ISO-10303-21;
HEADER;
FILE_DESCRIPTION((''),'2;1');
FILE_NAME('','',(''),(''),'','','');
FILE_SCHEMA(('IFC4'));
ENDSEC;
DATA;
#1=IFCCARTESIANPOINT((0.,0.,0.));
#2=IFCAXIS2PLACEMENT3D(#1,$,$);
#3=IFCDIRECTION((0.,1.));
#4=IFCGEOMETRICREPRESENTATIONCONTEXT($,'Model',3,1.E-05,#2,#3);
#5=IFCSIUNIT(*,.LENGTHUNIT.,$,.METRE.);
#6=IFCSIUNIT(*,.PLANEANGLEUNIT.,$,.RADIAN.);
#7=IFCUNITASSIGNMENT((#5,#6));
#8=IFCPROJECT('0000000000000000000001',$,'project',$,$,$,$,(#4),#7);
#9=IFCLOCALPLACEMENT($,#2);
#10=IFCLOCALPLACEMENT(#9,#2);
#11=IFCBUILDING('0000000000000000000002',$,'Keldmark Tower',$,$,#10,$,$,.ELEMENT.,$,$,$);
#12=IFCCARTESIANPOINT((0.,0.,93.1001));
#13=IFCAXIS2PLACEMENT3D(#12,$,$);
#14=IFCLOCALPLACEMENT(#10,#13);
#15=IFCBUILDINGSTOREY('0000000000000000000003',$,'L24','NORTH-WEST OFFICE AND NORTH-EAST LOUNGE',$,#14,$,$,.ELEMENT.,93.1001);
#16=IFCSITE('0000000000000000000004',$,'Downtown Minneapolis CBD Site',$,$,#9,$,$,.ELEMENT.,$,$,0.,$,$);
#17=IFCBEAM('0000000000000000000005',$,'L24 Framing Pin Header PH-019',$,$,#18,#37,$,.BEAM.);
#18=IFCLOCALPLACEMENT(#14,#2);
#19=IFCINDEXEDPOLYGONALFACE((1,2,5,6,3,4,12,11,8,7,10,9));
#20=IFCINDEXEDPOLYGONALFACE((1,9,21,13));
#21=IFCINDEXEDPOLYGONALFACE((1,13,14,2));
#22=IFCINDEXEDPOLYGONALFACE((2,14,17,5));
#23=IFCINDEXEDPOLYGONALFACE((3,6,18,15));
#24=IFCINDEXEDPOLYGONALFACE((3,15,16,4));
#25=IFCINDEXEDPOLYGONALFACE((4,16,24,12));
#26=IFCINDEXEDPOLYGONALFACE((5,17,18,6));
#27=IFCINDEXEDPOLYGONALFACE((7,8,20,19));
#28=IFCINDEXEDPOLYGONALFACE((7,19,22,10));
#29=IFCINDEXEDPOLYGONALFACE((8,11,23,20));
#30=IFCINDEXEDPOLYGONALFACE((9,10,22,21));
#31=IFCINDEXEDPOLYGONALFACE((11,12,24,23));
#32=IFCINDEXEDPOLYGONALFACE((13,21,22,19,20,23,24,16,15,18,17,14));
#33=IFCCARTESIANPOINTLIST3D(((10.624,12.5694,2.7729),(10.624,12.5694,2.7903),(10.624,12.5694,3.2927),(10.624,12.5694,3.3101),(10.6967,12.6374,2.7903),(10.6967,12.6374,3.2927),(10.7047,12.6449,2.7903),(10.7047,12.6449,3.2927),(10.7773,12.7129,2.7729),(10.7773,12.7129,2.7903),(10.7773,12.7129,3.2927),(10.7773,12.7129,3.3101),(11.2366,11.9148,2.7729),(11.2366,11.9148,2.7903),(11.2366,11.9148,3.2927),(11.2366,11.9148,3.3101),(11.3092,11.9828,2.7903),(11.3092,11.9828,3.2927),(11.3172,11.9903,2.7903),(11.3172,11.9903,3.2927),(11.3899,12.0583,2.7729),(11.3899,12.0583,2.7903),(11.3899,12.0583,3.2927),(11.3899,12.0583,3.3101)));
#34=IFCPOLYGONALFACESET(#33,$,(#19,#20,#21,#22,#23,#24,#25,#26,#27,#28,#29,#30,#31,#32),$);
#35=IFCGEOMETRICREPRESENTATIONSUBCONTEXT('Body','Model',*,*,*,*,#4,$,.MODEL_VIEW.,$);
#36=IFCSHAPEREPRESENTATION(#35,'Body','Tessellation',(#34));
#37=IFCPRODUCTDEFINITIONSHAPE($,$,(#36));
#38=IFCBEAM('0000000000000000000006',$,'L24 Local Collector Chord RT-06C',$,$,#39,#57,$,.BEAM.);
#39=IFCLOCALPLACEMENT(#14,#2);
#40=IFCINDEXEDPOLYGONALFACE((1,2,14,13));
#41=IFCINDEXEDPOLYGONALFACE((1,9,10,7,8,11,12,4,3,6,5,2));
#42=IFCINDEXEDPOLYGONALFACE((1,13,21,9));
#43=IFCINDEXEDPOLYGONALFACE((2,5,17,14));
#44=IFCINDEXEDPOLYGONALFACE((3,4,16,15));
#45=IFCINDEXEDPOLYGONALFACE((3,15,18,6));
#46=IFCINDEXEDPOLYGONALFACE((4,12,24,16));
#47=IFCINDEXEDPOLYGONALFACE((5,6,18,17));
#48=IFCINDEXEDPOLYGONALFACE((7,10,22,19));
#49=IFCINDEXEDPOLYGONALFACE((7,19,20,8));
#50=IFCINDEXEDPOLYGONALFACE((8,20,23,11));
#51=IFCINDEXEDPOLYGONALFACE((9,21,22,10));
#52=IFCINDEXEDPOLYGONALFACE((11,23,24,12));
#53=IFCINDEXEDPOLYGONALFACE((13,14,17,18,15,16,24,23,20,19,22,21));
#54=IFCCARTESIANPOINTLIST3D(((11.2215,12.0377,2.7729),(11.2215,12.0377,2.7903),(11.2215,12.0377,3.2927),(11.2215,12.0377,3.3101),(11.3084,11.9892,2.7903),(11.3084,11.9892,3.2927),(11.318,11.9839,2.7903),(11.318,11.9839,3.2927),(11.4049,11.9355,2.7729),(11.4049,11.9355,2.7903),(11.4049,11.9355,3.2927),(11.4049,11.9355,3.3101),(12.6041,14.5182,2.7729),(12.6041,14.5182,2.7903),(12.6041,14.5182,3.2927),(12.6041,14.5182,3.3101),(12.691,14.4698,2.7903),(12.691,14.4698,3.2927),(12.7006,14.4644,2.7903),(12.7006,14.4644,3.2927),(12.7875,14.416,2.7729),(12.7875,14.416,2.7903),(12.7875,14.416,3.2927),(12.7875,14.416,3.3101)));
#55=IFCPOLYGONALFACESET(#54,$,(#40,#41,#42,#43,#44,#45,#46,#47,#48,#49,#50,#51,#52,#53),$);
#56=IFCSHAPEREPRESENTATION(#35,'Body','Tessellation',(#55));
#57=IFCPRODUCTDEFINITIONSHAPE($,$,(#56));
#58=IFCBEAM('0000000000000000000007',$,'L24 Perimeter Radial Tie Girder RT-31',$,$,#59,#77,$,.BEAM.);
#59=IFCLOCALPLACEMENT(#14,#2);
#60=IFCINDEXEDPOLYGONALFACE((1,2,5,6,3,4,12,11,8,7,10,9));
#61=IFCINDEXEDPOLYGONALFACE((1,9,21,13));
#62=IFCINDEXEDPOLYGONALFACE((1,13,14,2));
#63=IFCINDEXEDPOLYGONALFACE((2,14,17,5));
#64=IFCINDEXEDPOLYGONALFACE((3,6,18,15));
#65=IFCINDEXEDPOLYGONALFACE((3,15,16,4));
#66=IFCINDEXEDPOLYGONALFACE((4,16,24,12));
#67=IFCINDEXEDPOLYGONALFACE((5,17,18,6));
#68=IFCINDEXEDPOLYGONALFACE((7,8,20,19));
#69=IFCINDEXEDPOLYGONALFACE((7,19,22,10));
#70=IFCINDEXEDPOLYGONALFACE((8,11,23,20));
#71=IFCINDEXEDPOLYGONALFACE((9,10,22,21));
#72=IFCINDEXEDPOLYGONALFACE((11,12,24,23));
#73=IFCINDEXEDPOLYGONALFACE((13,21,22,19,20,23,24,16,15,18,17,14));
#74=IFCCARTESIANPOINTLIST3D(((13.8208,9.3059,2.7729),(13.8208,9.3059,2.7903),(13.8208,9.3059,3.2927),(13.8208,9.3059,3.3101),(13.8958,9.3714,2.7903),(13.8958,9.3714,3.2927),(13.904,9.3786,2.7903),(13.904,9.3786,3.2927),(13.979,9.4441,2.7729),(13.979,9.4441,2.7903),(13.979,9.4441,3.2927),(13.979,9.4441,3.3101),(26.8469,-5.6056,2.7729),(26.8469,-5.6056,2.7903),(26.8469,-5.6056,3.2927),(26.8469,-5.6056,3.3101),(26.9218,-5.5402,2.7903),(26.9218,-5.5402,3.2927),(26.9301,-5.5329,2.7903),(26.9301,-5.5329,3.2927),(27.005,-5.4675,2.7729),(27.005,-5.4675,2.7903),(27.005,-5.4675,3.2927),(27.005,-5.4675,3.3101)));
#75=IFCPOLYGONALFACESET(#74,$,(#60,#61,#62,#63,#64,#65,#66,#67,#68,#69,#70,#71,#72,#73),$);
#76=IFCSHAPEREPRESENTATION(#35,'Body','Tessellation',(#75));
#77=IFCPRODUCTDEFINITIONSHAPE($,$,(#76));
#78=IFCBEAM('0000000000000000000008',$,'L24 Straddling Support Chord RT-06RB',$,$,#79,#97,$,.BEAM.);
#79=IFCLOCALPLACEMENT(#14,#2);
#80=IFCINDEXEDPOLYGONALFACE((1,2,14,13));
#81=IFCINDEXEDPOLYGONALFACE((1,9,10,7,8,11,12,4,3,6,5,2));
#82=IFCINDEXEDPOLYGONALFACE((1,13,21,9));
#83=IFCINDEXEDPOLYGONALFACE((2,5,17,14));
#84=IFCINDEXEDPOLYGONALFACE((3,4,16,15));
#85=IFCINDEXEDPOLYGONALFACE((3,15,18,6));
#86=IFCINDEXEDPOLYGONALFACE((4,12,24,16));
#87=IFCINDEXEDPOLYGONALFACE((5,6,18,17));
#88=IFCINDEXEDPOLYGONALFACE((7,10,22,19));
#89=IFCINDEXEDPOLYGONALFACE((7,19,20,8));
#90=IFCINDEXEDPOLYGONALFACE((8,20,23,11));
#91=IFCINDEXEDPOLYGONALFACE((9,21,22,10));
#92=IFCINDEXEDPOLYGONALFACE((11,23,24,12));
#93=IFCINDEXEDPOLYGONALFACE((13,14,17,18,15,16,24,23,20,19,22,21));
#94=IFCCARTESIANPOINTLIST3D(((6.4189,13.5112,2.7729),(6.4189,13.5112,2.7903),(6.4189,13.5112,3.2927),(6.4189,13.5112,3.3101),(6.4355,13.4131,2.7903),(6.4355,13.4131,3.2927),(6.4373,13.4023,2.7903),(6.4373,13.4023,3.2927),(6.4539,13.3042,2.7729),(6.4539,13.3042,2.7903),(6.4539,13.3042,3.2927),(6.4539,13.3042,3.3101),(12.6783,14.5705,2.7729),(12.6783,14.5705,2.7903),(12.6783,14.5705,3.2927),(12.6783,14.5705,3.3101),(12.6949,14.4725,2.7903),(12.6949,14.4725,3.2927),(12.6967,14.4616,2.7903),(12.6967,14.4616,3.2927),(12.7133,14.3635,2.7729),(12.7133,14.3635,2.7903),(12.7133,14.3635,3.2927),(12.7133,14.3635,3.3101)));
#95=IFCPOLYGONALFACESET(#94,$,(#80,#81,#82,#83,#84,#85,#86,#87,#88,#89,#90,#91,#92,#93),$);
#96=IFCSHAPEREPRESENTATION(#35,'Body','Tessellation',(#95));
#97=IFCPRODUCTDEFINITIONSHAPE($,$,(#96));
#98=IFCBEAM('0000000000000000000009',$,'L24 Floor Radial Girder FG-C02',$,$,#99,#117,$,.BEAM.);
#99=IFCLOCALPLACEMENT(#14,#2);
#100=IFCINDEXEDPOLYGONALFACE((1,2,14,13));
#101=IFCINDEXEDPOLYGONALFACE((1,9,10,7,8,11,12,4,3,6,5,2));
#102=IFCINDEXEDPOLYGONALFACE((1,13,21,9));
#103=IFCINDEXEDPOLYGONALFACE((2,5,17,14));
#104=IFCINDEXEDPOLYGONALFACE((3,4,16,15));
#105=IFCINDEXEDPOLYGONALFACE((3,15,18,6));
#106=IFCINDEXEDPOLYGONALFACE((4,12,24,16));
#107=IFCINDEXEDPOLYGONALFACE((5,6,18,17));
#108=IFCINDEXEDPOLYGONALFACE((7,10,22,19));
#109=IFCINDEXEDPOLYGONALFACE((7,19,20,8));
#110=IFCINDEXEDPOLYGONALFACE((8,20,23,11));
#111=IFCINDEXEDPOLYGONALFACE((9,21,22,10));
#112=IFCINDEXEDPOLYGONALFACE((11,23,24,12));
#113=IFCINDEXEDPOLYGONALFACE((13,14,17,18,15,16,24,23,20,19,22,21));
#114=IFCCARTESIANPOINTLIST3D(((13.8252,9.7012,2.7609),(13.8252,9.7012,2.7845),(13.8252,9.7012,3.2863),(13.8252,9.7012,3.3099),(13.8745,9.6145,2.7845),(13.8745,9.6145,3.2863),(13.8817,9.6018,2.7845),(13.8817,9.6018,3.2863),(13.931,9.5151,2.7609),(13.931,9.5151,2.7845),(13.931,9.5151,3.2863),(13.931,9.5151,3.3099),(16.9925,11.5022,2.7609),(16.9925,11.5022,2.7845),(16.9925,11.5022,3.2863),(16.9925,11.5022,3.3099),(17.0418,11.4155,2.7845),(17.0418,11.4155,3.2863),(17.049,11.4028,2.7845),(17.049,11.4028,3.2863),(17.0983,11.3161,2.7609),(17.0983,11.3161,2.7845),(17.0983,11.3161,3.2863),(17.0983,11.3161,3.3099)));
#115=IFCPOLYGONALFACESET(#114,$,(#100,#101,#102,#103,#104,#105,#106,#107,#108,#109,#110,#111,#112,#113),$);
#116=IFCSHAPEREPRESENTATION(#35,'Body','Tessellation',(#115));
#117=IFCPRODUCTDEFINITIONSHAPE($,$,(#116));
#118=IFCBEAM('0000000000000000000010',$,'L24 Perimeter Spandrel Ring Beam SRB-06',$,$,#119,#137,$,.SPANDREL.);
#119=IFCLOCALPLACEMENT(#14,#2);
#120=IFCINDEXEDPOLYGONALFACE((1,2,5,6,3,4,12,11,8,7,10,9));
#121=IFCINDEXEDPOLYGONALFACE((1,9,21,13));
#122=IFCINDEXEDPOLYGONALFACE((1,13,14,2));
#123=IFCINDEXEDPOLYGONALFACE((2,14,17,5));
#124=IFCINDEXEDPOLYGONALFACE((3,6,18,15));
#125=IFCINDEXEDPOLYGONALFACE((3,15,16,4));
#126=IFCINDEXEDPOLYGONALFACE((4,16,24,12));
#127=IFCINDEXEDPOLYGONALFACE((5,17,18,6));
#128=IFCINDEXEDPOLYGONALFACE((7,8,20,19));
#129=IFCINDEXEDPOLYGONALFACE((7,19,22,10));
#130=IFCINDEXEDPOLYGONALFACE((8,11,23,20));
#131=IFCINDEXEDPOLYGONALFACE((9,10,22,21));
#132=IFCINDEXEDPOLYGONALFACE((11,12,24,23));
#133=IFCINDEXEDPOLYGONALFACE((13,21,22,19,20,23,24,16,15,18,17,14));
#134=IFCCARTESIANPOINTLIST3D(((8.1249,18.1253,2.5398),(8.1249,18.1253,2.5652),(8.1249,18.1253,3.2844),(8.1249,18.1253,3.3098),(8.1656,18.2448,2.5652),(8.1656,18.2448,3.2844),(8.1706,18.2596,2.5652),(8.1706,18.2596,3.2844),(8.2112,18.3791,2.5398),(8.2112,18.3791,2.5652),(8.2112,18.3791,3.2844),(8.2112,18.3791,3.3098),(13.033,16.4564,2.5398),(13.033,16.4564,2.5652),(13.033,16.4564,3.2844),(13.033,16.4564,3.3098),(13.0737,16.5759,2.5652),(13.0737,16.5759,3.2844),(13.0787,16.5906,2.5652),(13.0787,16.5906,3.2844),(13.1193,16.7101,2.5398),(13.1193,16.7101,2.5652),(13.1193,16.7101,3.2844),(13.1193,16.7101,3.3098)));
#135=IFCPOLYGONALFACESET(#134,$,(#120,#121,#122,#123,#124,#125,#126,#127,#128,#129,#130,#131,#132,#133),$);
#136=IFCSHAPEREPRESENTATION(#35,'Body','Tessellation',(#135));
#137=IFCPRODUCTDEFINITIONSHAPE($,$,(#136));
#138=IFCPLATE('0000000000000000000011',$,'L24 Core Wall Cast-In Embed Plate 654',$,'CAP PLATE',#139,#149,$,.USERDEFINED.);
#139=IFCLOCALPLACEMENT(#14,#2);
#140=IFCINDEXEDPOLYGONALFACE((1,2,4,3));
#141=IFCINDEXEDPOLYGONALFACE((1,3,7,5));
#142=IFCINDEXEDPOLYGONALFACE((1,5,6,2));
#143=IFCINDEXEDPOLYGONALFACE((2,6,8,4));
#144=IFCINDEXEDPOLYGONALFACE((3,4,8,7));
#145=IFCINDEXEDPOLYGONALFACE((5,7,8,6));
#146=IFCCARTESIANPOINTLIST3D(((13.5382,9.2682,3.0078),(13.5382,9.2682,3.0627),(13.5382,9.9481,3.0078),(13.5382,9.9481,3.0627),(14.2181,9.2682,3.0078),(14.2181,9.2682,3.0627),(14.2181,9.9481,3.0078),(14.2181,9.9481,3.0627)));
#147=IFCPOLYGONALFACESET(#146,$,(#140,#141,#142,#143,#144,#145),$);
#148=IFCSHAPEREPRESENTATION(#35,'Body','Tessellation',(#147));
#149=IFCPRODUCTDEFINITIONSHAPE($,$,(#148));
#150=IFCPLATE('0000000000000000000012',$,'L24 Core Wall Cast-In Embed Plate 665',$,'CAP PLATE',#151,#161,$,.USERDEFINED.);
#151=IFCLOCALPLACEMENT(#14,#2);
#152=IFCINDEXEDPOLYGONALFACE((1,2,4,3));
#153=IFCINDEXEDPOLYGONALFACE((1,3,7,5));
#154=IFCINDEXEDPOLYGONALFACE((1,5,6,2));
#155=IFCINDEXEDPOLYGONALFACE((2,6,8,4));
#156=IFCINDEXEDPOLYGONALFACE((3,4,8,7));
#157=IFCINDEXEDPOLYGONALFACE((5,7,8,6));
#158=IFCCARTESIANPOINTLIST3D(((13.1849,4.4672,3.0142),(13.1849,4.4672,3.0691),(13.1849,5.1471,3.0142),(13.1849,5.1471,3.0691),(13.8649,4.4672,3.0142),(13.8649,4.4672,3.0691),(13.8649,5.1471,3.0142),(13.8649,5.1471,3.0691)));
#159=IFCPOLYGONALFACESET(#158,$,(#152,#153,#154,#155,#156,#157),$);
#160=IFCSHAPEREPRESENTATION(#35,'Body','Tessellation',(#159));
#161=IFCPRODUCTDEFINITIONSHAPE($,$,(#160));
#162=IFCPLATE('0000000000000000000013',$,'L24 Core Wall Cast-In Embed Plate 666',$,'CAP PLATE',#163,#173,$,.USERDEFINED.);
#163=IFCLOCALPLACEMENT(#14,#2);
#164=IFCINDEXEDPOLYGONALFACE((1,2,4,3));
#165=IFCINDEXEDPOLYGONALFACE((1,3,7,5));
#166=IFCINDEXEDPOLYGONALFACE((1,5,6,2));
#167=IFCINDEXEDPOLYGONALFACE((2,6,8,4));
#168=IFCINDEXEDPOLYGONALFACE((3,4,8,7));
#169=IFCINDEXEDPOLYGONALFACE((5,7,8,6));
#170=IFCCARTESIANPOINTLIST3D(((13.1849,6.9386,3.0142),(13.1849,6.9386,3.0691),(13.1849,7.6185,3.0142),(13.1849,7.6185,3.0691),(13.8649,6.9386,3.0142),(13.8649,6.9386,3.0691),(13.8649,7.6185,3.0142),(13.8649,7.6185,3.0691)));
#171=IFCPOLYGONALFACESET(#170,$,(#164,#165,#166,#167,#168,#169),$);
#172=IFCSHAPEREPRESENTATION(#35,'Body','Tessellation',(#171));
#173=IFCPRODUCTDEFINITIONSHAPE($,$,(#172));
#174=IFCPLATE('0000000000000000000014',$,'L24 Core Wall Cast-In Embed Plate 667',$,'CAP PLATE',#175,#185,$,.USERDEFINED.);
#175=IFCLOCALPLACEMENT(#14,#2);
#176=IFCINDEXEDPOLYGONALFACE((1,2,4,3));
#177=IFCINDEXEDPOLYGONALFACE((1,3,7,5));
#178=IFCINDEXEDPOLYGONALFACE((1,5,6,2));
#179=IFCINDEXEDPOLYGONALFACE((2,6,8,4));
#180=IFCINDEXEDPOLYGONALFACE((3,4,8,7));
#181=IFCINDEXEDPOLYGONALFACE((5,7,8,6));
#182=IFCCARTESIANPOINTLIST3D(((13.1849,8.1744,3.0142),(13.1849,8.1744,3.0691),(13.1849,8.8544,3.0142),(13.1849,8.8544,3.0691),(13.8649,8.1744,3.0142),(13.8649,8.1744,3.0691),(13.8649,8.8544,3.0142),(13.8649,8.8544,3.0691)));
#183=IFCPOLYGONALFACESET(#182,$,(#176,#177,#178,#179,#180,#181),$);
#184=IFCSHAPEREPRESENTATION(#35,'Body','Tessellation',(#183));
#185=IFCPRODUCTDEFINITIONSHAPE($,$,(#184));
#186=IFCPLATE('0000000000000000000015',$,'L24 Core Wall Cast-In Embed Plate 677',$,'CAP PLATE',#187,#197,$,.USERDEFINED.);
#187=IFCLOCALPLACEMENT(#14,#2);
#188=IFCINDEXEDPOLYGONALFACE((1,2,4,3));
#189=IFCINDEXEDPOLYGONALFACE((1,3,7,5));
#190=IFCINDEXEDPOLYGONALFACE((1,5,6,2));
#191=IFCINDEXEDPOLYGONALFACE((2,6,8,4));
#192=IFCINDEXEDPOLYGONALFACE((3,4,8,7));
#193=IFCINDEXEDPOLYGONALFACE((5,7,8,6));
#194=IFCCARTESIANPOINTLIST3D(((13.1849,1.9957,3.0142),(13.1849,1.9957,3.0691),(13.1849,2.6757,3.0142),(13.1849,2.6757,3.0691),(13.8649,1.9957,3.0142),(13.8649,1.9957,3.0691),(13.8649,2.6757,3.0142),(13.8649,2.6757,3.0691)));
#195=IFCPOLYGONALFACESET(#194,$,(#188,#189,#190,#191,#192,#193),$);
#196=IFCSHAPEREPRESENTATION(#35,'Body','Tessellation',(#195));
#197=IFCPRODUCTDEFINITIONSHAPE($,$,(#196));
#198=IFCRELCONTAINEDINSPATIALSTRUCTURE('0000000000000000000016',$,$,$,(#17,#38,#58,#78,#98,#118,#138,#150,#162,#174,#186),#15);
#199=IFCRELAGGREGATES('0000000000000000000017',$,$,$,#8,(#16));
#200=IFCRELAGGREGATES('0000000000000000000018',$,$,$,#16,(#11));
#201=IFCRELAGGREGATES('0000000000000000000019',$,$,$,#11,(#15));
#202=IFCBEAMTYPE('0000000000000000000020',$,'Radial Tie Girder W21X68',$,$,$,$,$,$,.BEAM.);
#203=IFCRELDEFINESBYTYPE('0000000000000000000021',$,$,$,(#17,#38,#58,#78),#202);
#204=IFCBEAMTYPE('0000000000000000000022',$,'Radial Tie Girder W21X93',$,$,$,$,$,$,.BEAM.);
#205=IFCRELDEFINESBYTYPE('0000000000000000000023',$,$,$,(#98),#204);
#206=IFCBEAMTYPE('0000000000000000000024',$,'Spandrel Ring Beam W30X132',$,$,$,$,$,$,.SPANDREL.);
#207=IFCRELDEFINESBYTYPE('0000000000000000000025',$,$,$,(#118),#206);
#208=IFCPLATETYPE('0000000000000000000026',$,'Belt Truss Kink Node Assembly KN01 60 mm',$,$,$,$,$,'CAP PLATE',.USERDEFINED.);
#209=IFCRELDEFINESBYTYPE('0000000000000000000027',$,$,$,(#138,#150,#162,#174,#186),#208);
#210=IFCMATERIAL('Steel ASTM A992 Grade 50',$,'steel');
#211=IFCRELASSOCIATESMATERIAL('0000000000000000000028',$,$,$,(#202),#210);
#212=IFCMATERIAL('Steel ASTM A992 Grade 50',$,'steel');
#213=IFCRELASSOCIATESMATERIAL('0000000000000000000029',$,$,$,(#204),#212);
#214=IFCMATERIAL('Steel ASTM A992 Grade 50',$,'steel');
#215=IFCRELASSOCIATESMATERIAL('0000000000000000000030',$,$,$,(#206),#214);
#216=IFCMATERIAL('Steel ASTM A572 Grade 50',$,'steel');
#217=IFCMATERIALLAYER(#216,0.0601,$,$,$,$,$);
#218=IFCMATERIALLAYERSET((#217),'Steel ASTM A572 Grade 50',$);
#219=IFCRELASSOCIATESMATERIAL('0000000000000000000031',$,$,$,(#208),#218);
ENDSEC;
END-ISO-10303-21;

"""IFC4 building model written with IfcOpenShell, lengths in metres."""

from ifc_helpers import new_model, si_unit, direction, frame, origin, origin_2d, place, context, subcontext, project, spatial, rectangle, i_section, extrude, material, layer, layer_set, material_profile, profile_set, type_object, element, save


model = new_model("IFC4")

# Units and contexts
model_context = context("Model", 3, precision=1e-05, world=origin(), true_north=direction((0.0, 1.0)))
body_context = subcontext(model_context, "Body", "Model", "MODEL_VIEW")
ifc_project = project(units=[si_unit("LENGTHUNIT", "METRE"), si_unit("PLANEANGLEUNIT", "RADIAN")], contexts=[model_context])

# Site, building, storey
site_placement = place(None, origin())
site = spatial("IfcSite", under=ifc_project, at=site_placement, Name="Downtown Minneapolis CBD Site", CompositionType="ELEMENT", RefElevation=0.0)
building_placement = place(site_placement, origin())
building = spatial("IfcBuilding", under=site, at=building_placement, Name="Keldmark Tower", CompositionType="ELEMENT")
storey_placement = place(building_placement, frame((0.0, 0.0, 93.1001)))
storey = spatial("IfcBuildingStorey", under=building, at=storey_placement, Name="L24", Description="NORTH-WEST OFFICE AND NORTH-EAST LOUNGE", CompositionType="ELEMENT", Elevation=93.1001)

# Beams
ifc_material_1 = material(Name="Steel ASTM A992 Grade 50", Category="steel")
ifc_material_profile_1 = material_profile(ifc_material_1, i_section(OverallWidth=0.21, OverallDepth=0.5371, WebThickness=0.011, FlangeThickness=0.0173, at=origin_2d()), Name="W21X68")
ifc_profile_set_1 = profile_set([ifc_material_profile_1], Name="Steel ASTM A992 Grade 50")
beam_type_1 = type_object("IfcBeamType", Name="Radial Tie Girder W21X68", PredefinedType="BEAM", material=ifc_profile_set_1)
beam_1_placement = place(storey_placement, frame((11.3132, 11.9866, 3.0415), z_axis=(-0.683298, 0.73014, 0.0), x_axis=(-0.73014, -0.683298, 0.0)))
element("IfcBeam", 1, at=beam_1_placement, inside=storey, type_object=beam_type_1, Name="L24 Framing Pin Header PH-019", PredefinedType="BEAM", context=body_context, shape_type="SweptSolid", body=[
    extrude(i_section(OverallWidth=0.21, OverallDepth=0.5371, WebThickness=0.011, FlangeThickness=0.0173, at=origin_2d()), origin(), (0.0, 0.0, 1.0), 0.8965),
])
beam_2_placement = place(storey_placement, frame((11.3132, 11.9866, 3.0415), z_axis=(0.486861, 0.873479, 0.0), x_axis=(-0.873479, 0.486861, 0.0)))
element("IfcBeam", 2, at=beam_2_placement, inside=storey, type_object=beam_type_1, Name="L24 Local Collector Chord RT-06C", PredefinedType="BEAM", context=body_context, shape_type="SweptSolid", body=[
    extrude(i_section(OverallWidth=0.21, OverallDepth=0.5371, WebThickness=0.011, FlangeThickness=0.0173, at=origin_2d()), origin(), (0.0, 0.0, 1.0), 2.8398),
])
beam_3_placement = place(storey_placement, frame((13.8999, 9.375, 3.0415), z_axis=(0.657888, -0.753116, 0.0), x_axis=(0.753116, 0.657888, 0.0)))
element("IfcBeam", 3, at=beam_3_placement, inside=storey, type_object=beam_type_1, Name="L24 Perimeter Radial Tie Girder RT-31", PredefinedType="BEAM", context=body_context, shape_type="SweptSolid", body=[
    extrude(i_section(OverallWidth=0.21, OverallDepth=0.5371, WebThickness=0.011, FlangeThickness=0.0173, at=origin_2d()), origin(), (0.0, 0.0, 1.0), 19.7998),
])
beam_4_placement = place(storey_placement, frame((12.6958, 14.467, 3.0415), z_axis=(-0.985979, -0.166868, 0.0), x_axis=(0.166868, -0.985979, 0.0)))
element("IfcBeam", 4, at=beam_4_placement, inside=storey, type_object=beam_type_1, Name="L24 Straddling Support Chord RT-06RB", PredefinedType="BEAM", context=body_context, shape_type="SweptSolid", body=[
    extrude(i_section(OverallWidth=0.21, OverallDepth=0.5371, WebThickness=0.011, FlangeThickness=0.0173, at=origin_2d()), origin(), (0.0, 0.0, 1.0), 6.3484),
])
ifc_material_2 = material(Name="Steel ASTM A992 Grade 50", Category="steel")
ifc_material_profile_2 = material_profile(ifc_material_2, i_section(OverallWidth=0.2141, OverallDepth=0.5491, WebThickness=0.0146, FlangeThickness=0.0237, at=origin_2d()), Name="W21X93")
ifc_profile_set_2 = profile_set([ifc_material_profile_2], Name="Steel ASTM A992 Grade 50")
beam_type_2 = type_object("IfcBeamType", Name="Radial Tie Girder W21X93", PredefinedType="BEAM", material=ifc_profile_set_2)
beam_5_placement = place(storey_placement, frame((17.0454, 11.4092, 3.0354), z_axis=(-0.869284, -0.494312, 0.0), x_axis=(0.494312, -0.869284, 0.0)))
element("IfcBeam", 5, at=beam_5_placement, inside=storey, type_object=beam_type_2, Name="L24 Floor Radial Girder FG-C02", PredefinedType="BEAM", context=body_context, shape_type="SweptSolid", body=[
    extrude(i_section(OverallWidth=0.2141, OverallDepth=0.5491, WebThickness=0.0146, FlangeThickness=0.0237, at=origin_2d()), origin(), (0.0, 0.0, 1.0), 3.6436),
])
ifc_material_3 = material(Name="Steel ASTM A992 Grade 50", Category="steel")
ifc_material_profile_3 = material_profile(ifc_material_3, i_section(OverallWidth=0.2681, OverallDepth=0.77, WebThickness=0.0156, FlangeThickness=0.0254, at=origin_2d()), Name="W30X132")
ifc_profile_set_3 = profile_set([ifc_material_profile_3], Name="Steel ASTM A992 Grade 50")
beam_type_3 = type_object("IfcBeamType", Name="Spandrel Ring Beam W30X132", PredefinedType="SPANDREL", material=ifc_profile_set_3)
beam_6_placement = place(storey_placement, frame((13.0762, 16.5833, 2.9248), z_axis=(-0.946764, 0.32193, 0.0), x_axis=(-0.32193, -0.946764, 0.0)))
element("IfcBeam", 6, at=beam_6_placement, inside=storey, type_object=beam_type_3, Name="L24 Perimeter Spandrel Ring Beam SRB-06", PredefinedType="SPANDREL", context=body_context, shape_type="SweptSolid", body=[
    extrude(i_section(OverallWidth=0.2681, OverallDepth=0.77, WebThickness=0.0156, FlangeThickness=0.0254, at=origin_2d()), origin(), (0.0, 0.0, 1.0), 5.1841),
])

# Plates
ifc_material_4 = material(Name="Steel ASTM A572 Grade 50", Category="steel")
ifc_layer_1 = layer(ifc_material_4, 0.0601)
ifc_layer_set_1 = layer_set([ifc_layer_1], Name="Steel ASTM A572 Grade 50")
plate_type_1 = type_object("IfcPlateType", Name="Belt Truss Kink Node Assembly KN01 60 mm", ElementType="CAP PLATE", PredefinedType="USERDEFINED", material=ifc_layer_set_1)
for number, where, z_axis, x_axis, name in (
    (7, (13.8782, 9.6082, 3.0078), (0.0, 0.0, 1.0), (1.0, 0.0, 0.0), "L24 Core Wall Cast-In Embed Plate 654"),
    (8, (13.5249, 4.8071, 3.0142), (0.0, 0.0, 1.0), (1.0, 0.0, 0.0), "L24 Core Wall Cast-In Embed Plate 665"),
    (9, (13.5249, 7.2786, 3.0142), (0.0, 0.0, 1.0), (1.0, 0.0, 0.0), "L24 Core Wall Cast-In Embed Plate 666"),
    (10, (13.5249, 8.5144, 3.0142), (0.0, 0.0, 1.0), (1.0, 0.0, 0.0), "L24 Core Wall Cast-In Embed Plate 667"),
    (11, (13.5249, 2.3357, 3.0142), (0.0, 0.0, 1.0), (1.0, 0.0, 0.0), "L24 Core Wall Cast-In Embed Plate 677"),
):
    element("IfcPlate", number, at=place(storey_placement, frame(where, z_axis=z_axis, x_axis=x_axis)), inside=storey, type_object=plate_type_1, Name=name, ObjectType="CAP PLATE", PredefinedType="USERDEFINED", context=body_context, shape_type="SweptSolid", body=[
        extrude(rectangle(XDim=0.6799, YDim=0.6799, at=origin_2d()), origin(), (0.0, 0.0, 1.0), 0.0549),
    ])

save(model, "model.ifc")
